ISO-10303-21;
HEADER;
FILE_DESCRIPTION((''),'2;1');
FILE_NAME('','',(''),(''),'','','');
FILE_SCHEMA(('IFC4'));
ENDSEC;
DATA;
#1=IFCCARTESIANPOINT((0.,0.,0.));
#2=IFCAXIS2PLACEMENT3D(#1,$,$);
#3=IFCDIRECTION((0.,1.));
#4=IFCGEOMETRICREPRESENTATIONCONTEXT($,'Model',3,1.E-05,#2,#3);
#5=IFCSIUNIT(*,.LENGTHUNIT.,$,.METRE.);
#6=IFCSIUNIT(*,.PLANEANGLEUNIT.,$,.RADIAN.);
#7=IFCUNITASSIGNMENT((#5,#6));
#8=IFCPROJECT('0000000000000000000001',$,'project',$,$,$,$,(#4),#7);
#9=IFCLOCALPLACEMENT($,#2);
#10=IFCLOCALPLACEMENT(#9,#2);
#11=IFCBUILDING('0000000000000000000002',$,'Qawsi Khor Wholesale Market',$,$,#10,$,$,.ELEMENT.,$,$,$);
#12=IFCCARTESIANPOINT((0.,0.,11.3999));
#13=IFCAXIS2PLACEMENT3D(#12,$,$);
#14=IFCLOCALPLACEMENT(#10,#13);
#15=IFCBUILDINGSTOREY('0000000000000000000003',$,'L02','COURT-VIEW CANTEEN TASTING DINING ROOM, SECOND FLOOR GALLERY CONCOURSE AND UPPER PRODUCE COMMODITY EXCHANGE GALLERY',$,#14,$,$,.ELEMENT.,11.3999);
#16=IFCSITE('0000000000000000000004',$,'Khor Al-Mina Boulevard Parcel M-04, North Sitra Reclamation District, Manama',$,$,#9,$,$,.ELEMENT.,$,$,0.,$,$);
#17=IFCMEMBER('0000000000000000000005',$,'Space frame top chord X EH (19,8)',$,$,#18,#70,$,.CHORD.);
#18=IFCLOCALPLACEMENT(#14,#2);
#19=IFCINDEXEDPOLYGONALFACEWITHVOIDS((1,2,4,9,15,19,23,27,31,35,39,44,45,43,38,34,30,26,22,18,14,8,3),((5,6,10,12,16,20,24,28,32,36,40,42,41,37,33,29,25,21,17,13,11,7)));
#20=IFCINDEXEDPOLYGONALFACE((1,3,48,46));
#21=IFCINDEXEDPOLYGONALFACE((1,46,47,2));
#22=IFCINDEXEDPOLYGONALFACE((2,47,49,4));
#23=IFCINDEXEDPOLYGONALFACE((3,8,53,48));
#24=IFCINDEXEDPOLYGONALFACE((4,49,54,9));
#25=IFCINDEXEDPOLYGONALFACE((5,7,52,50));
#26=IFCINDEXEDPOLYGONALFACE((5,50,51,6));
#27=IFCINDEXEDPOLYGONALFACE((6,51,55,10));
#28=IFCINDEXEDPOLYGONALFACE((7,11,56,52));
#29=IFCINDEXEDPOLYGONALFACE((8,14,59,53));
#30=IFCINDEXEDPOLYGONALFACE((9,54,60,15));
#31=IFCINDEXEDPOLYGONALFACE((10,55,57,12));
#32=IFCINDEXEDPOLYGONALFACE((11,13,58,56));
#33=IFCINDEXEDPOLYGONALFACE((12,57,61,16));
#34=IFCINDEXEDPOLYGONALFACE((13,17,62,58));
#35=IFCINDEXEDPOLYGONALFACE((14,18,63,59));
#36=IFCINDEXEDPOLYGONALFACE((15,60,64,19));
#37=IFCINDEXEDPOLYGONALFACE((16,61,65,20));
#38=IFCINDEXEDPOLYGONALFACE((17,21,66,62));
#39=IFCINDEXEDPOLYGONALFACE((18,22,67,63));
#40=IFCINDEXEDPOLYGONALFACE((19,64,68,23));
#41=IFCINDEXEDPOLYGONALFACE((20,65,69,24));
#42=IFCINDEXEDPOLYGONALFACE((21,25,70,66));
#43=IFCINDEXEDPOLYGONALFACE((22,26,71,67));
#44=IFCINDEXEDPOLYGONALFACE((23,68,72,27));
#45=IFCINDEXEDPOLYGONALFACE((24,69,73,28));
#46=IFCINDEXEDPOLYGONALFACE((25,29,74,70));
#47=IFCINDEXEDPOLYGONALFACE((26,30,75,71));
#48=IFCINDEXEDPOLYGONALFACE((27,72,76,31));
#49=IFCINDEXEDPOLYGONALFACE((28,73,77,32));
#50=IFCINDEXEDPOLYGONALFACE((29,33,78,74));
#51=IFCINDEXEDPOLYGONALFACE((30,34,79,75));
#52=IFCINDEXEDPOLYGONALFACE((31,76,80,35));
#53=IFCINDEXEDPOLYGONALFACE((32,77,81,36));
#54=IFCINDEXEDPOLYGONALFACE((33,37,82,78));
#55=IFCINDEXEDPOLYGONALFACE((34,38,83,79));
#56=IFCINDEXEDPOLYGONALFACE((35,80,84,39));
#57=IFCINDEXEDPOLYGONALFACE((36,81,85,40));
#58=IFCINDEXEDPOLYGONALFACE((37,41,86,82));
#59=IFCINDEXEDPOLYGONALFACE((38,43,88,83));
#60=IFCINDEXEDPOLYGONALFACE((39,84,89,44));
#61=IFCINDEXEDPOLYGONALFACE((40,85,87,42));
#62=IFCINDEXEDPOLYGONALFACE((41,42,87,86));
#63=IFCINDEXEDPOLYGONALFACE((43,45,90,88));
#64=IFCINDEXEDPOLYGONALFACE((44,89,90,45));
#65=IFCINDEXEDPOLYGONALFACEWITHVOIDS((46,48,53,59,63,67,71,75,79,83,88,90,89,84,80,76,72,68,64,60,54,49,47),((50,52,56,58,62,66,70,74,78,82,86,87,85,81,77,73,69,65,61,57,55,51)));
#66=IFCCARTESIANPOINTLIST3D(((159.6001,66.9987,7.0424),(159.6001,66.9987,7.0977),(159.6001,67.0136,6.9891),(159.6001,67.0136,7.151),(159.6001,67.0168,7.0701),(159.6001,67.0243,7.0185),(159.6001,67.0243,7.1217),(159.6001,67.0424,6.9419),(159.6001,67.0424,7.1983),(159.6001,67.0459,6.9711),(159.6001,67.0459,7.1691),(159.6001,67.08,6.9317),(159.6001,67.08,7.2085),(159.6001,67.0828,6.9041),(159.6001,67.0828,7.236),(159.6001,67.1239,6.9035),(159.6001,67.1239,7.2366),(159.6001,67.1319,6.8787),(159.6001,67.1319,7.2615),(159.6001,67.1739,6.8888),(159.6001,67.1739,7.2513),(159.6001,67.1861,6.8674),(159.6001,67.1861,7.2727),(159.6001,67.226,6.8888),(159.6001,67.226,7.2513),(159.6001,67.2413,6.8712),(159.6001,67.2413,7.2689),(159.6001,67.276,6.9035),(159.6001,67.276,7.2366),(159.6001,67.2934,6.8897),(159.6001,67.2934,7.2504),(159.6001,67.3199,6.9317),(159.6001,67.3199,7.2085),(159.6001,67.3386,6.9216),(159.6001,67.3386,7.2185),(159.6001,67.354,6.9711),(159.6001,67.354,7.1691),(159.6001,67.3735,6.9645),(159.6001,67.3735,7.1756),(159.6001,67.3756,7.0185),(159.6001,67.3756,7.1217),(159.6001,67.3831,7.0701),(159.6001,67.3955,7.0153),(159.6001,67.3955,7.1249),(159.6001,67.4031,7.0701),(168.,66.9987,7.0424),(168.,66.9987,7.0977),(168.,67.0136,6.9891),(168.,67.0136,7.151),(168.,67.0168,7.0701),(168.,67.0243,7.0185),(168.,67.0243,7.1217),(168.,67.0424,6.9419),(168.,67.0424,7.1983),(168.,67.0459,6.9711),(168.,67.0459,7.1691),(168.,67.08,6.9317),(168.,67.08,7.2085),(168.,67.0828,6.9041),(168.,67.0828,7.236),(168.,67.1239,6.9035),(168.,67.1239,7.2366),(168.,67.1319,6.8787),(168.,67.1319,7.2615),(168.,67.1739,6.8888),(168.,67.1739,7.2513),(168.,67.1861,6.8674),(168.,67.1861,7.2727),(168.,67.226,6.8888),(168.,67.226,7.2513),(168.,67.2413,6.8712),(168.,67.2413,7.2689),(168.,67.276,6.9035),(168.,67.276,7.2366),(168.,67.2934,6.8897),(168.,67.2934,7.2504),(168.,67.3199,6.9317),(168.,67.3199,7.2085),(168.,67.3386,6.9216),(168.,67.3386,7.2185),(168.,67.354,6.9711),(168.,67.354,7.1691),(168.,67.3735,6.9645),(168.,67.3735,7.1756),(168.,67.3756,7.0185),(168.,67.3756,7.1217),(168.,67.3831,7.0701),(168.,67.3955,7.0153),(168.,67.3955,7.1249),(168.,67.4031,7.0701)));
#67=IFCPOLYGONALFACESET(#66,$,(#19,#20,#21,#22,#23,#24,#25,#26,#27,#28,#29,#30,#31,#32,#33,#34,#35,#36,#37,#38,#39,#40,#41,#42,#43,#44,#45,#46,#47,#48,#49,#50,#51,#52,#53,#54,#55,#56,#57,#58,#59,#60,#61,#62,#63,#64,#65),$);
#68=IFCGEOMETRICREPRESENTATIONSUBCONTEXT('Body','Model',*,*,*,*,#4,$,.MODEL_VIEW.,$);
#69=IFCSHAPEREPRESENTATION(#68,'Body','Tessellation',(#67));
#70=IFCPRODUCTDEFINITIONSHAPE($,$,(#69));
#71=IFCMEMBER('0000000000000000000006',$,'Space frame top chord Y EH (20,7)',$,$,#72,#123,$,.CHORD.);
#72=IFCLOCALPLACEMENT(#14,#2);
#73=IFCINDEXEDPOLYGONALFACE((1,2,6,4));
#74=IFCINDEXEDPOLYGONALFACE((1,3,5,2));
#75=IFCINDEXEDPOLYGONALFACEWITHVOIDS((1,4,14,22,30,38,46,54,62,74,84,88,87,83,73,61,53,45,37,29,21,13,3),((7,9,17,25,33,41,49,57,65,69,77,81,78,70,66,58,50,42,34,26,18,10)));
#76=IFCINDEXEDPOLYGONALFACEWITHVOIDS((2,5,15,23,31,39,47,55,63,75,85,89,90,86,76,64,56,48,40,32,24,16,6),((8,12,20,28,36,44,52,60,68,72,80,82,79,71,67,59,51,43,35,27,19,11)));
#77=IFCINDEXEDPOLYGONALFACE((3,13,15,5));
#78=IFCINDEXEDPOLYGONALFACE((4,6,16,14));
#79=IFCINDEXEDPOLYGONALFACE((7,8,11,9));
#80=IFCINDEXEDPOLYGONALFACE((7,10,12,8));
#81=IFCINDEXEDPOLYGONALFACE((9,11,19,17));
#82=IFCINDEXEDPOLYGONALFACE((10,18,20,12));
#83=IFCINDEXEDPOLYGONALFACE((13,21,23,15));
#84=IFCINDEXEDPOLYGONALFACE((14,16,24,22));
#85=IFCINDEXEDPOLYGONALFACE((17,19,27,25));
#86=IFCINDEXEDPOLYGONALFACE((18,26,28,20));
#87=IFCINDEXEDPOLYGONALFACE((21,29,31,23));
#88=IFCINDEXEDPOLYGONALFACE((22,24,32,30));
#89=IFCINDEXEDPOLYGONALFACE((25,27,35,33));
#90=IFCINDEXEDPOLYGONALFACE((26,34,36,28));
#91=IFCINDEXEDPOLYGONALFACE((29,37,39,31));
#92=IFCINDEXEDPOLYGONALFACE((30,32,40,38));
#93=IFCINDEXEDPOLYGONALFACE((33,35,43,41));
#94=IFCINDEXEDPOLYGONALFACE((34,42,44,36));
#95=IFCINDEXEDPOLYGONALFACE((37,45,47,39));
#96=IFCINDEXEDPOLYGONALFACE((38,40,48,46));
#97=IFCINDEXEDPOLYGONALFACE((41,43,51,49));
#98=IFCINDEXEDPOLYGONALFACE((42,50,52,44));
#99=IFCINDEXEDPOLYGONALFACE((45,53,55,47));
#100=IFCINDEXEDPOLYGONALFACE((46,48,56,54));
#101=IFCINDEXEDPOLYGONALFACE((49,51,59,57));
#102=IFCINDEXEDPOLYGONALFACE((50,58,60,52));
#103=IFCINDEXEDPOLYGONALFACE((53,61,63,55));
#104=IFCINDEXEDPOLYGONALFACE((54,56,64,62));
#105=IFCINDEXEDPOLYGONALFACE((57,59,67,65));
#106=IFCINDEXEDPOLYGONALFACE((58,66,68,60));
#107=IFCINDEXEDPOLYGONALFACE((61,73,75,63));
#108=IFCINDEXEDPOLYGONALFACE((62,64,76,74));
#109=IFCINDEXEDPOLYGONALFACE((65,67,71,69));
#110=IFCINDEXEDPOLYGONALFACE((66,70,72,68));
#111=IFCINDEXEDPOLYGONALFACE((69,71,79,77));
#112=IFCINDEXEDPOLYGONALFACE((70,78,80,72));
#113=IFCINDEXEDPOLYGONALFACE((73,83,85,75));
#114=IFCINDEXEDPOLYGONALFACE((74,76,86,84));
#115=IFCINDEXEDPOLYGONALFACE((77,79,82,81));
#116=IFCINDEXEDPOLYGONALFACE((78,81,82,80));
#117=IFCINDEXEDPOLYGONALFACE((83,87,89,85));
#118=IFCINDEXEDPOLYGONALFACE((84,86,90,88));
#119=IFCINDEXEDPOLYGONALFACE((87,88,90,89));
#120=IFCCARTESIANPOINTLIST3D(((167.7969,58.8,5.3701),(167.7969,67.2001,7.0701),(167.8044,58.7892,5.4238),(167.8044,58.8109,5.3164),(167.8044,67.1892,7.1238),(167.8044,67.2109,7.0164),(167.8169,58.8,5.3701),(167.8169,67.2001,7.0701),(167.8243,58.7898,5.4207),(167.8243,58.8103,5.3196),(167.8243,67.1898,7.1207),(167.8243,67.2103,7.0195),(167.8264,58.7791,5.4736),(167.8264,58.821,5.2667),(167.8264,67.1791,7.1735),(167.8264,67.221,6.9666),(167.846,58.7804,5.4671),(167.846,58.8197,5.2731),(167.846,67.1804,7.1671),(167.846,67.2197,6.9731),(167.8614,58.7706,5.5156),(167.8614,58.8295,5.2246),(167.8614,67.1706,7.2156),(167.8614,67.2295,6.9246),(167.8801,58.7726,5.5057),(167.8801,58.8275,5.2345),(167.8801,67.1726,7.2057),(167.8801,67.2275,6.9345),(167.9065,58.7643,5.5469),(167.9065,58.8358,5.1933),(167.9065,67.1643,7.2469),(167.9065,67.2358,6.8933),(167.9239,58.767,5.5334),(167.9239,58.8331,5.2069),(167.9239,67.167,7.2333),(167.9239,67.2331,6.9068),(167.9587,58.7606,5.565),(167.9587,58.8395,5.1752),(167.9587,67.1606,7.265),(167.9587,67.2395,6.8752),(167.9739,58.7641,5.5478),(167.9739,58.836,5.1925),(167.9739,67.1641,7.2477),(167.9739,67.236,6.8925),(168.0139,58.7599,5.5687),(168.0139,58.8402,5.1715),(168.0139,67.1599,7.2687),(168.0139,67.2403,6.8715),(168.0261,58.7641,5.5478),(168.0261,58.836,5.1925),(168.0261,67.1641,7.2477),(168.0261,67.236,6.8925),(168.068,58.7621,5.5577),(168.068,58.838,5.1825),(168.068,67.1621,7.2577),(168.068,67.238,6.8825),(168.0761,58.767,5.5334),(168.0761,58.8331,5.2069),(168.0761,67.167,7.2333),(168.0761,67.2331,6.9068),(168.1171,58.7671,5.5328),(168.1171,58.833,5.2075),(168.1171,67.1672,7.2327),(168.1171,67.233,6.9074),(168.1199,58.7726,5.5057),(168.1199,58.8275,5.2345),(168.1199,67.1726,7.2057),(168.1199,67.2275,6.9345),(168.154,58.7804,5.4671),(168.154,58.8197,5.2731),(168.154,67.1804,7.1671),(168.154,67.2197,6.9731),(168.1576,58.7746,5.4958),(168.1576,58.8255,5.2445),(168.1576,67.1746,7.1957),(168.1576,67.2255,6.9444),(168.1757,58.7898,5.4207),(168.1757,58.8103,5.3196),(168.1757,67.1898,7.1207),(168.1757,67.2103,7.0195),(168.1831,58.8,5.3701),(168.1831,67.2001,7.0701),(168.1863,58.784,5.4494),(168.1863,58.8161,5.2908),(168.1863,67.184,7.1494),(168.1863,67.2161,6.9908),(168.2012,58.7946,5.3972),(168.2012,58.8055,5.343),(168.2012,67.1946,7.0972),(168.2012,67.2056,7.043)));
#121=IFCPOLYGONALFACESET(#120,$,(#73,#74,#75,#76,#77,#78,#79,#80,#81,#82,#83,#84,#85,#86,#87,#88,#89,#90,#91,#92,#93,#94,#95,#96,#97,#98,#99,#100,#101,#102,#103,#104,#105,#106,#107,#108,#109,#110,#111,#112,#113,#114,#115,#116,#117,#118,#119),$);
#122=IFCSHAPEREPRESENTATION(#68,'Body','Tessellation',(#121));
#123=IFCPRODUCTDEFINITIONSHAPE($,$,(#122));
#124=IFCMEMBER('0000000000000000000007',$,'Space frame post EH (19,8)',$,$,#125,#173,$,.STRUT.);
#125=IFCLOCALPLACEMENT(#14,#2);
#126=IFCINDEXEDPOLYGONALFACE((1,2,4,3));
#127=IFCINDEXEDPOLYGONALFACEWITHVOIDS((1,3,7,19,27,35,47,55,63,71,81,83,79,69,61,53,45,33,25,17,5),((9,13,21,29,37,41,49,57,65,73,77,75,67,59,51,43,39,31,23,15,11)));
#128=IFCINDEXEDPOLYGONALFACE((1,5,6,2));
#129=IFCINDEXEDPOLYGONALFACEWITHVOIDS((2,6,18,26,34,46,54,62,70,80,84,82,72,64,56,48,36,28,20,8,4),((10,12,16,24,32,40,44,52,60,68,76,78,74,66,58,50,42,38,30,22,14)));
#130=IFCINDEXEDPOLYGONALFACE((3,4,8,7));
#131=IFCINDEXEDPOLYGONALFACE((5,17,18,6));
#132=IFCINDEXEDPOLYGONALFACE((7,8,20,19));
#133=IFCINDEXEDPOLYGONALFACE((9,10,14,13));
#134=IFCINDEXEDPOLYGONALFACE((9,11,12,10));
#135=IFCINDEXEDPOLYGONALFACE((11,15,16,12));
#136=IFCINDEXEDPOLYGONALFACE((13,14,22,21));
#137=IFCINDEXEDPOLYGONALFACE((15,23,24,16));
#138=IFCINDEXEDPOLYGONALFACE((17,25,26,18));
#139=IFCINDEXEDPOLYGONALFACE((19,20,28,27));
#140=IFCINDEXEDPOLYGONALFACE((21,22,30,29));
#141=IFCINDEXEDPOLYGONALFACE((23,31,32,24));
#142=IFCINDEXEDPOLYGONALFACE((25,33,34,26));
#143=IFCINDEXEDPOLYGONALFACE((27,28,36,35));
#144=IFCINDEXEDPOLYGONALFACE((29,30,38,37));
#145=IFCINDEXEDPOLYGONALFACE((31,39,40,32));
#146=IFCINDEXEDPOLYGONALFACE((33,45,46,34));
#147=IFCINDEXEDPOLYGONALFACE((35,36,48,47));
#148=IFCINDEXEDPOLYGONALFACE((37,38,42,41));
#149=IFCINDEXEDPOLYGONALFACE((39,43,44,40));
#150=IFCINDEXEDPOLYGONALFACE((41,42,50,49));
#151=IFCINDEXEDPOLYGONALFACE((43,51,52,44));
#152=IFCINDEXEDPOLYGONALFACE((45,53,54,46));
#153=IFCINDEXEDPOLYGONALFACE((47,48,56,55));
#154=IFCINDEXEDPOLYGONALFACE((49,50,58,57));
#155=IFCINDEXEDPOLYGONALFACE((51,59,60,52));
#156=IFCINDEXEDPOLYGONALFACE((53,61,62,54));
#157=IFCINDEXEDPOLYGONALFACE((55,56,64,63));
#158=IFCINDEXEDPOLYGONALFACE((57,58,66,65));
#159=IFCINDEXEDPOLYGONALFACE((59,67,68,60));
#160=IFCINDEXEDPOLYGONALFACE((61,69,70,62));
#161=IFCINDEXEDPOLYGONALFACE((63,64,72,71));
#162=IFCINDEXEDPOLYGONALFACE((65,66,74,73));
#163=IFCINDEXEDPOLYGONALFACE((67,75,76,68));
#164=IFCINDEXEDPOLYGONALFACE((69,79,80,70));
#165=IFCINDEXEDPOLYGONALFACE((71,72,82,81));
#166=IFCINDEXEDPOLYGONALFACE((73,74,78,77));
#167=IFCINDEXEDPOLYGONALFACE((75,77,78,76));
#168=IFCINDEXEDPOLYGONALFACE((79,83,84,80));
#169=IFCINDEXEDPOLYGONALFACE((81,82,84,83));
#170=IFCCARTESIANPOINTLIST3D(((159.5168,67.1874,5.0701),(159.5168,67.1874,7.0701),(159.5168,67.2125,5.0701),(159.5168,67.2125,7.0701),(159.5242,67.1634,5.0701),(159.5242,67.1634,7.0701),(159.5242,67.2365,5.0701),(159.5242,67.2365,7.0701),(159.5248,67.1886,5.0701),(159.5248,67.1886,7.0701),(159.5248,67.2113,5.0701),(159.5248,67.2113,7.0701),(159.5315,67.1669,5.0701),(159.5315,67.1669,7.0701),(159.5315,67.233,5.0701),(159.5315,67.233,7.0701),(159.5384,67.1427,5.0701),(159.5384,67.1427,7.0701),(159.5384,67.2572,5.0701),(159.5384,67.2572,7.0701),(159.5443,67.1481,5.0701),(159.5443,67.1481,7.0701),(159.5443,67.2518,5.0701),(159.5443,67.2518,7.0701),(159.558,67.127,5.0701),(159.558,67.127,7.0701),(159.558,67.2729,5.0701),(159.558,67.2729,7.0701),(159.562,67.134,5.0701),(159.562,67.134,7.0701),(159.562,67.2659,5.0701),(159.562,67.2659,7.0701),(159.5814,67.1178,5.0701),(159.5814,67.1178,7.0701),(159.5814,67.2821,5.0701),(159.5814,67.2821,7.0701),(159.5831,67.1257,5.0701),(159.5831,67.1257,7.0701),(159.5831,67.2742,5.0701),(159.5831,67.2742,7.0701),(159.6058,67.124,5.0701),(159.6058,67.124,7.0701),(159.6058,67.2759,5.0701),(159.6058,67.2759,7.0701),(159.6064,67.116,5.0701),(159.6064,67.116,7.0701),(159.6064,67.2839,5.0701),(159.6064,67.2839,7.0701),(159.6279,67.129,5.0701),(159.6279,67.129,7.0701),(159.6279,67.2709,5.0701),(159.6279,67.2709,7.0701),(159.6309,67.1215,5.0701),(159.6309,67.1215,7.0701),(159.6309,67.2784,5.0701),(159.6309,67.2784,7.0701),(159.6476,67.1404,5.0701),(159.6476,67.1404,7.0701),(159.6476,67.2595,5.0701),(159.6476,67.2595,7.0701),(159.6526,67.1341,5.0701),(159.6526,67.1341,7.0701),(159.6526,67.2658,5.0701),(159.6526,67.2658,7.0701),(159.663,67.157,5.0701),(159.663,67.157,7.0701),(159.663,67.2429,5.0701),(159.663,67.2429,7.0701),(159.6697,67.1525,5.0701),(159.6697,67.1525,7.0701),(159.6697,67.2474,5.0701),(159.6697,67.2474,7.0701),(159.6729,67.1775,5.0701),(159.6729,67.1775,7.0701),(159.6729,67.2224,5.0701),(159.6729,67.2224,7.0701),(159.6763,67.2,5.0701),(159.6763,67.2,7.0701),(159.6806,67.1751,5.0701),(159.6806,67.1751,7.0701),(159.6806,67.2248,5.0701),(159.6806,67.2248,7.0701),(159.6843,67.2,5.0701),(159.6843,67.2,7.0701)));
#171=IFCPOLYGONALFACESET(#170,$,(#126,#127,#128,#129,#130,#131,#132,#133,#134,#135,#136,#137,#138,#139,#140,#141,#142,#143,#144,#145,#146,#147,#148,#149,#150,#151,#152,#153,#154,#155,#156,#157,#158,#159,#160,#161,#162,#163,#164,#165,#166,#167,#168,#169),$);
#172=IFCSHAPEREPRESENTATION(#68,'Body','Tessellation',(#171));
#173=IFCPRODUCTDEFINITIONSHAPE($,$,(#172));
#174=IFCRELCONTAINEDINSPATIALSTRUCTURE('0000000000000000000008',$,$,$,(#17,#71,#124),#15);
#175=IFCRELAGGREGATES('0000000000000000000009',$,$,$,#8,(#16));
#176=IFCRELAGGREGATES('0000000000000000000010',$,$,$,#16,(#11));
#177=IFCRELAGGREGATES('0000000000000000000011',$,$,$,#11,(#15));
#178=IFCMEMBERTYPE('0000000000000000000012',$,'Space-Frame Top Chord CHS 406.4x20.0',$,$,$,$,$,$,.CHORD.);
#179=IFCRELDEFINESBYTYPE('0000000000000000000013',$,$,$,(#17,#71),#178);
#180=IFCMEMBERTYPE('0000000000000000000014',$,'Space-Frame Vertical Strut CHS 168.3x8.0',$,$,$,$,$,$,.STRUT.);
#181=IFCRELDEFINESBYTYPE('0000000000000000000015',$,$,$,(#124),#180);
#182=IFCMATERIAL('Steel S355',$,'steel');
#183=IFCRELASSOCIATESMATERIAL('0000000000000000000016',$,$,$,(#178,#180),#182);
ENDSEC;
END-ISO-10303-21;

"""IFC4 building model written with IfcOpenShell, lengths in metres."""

from ifc_helpers import new_model, si_unit, direction, frame, origin, origin_2d, place, context, subcontext, project, spatial, hollow_circle, extrude, material, material_profile, profile_set, type_object, element, save


model = new_model("IFC4")

# Units and contexts
model_context = context("Model", 3, precision=1e-05, world=origin(), true_north=direction((0.0, 1.0)))
body_context = subcontext(model_context, "Body", "Model", "MODEL_VIEW")
ifc_project = project(units=[si_unit("LENGTHUNIT", "METRE"), si_unit("PLANEANGLEUNIT", "RADIAN")], contexts=[model_context])

# Site, building, storey
site_placement = place(None, origin())
site = spatial("IfcSite", under=ifc_project, at=site_placement, Name="Khor Al-Mina Boulevard Parcel M-04, North Sitra Reclamation District, Manama", CompositionType="ELEMENT", RefElevation=0.0)
building_placement = place(site_placement, origin())
building = spatial("IfcBuilding", under=site, at=building_placement, Name="Qawsi Khor Wholesale Market", CompositionType="ELEMENT")
storey_placement = place(building_placement, frame((0.0, 0.0, 11.3999)))
storey = spatial("IfcBuildingStorey", under=building, at=storey_placement, Name="L02", Description="COURT-VIEW CANTEEN TASTING DINING ROOM, SECOND FLOOR GALLERY CONCOURSE AND UPPER PRODUCE COMMODITY EXCHANGE GALLERY", CompositionType="ELEMENT", Elevation=11.3999)

# Members
ifc_material_1 = material(Name="Steel S355", Category="steel")
ifc_material_profile_1 = material_profile(ifc_material_1, hollow_circle(Radius=0.2031, WallThickness=0.02, at=origin_2d()), Name="CHS 406.4x20.0")
ifc_profile_set_1 = profile_set([ifc_material_profile_1], Name="Steel S355")
member_type_1 = type_object("IfcMemberType", Name="Space-Frame Top Chord CHS 406.4x20.0", PredefinedType="CHORD", material=ifc_profile_set_1)
member_1_placement = place(storey_placement, frame((159.6001, 67.2, 7.0701), z_axis=(1.0, 0.0, 0.0), x_axis=(0.0, 1.0, 0.0)))
element("IfcMember", 1, at=member_1_placement, inside=storey, type_object=member_type_1, Name="Space frame top chord X EH (19,8)", PredefinedType="CHORD", context=body_context, shape_type="SweptSolid", body=[
    extrude(hollow_circle(Radius=0.2031, WallThickness=0.02, at=origin_2d()), origin(), (0.0, 0.0, 1.0), 8.3999),
])
member_2_placement = place(storey_placement, frame((168.0, 58.8, 5.3701), z_axis=(0.0, 0.98013, 0.198356), x_axis=(-1.0, 0.0, 0.0)))
element("IfcMember", 2, at=member_2_placement, inside=storey, type_object=member_type_1, Name="Space frame top chord Y EH (20,7)", PredefinedType="CHORD", context=body_context, shape_type="SweptSolid", body=[
    extrude(hollow_circle(Radius=0.2031, WallThickness=0.02, at=origin_2d()), origin(), (0.0, 0.0, 1.0), 8.5703),
])
ifc_material_profile_2 = material_profile(ifc_material_1, hollow_circle(Radius=0.0842, WallThickness=0.0081, at=origin_2d()), Name="CHS 168.3x8.0")
ifc_profile_set_2 = profile_set([ifc_material_profile_2], Name="Steel S355")
member_type_2 = type_object("IfcMemberType", Name="Space-Frame Vertical Strut CHS 168.3x8.0", PredefinedType="STRUT", material=ifc_profile_set_2)
for number, where, z_axis, x_axis, name in (
    (3, (159.6001, 67.2, 5.0701), (0.0, 0.0, 1.0), (1.0, 0.0, 0.0), "Space frame post EH (19,8)"),
):
    element("IfcMember", number, at=place(storey_placement, frame(where, z_axis=z_axis, x_axis=x_axis)), inside=storey, type_object=member_type_2, Name=name, PredefinedType="STRUT", context=body_context, shape_type="SweptSolid", body=[
        extrude(hollow_circle(Radius=0.0842, WallThickness=0.0081, at=origin_2d()), origin(), (0.0, 0.0, 1.0), 2.0),
    ])

save(model, "model.ifc")
